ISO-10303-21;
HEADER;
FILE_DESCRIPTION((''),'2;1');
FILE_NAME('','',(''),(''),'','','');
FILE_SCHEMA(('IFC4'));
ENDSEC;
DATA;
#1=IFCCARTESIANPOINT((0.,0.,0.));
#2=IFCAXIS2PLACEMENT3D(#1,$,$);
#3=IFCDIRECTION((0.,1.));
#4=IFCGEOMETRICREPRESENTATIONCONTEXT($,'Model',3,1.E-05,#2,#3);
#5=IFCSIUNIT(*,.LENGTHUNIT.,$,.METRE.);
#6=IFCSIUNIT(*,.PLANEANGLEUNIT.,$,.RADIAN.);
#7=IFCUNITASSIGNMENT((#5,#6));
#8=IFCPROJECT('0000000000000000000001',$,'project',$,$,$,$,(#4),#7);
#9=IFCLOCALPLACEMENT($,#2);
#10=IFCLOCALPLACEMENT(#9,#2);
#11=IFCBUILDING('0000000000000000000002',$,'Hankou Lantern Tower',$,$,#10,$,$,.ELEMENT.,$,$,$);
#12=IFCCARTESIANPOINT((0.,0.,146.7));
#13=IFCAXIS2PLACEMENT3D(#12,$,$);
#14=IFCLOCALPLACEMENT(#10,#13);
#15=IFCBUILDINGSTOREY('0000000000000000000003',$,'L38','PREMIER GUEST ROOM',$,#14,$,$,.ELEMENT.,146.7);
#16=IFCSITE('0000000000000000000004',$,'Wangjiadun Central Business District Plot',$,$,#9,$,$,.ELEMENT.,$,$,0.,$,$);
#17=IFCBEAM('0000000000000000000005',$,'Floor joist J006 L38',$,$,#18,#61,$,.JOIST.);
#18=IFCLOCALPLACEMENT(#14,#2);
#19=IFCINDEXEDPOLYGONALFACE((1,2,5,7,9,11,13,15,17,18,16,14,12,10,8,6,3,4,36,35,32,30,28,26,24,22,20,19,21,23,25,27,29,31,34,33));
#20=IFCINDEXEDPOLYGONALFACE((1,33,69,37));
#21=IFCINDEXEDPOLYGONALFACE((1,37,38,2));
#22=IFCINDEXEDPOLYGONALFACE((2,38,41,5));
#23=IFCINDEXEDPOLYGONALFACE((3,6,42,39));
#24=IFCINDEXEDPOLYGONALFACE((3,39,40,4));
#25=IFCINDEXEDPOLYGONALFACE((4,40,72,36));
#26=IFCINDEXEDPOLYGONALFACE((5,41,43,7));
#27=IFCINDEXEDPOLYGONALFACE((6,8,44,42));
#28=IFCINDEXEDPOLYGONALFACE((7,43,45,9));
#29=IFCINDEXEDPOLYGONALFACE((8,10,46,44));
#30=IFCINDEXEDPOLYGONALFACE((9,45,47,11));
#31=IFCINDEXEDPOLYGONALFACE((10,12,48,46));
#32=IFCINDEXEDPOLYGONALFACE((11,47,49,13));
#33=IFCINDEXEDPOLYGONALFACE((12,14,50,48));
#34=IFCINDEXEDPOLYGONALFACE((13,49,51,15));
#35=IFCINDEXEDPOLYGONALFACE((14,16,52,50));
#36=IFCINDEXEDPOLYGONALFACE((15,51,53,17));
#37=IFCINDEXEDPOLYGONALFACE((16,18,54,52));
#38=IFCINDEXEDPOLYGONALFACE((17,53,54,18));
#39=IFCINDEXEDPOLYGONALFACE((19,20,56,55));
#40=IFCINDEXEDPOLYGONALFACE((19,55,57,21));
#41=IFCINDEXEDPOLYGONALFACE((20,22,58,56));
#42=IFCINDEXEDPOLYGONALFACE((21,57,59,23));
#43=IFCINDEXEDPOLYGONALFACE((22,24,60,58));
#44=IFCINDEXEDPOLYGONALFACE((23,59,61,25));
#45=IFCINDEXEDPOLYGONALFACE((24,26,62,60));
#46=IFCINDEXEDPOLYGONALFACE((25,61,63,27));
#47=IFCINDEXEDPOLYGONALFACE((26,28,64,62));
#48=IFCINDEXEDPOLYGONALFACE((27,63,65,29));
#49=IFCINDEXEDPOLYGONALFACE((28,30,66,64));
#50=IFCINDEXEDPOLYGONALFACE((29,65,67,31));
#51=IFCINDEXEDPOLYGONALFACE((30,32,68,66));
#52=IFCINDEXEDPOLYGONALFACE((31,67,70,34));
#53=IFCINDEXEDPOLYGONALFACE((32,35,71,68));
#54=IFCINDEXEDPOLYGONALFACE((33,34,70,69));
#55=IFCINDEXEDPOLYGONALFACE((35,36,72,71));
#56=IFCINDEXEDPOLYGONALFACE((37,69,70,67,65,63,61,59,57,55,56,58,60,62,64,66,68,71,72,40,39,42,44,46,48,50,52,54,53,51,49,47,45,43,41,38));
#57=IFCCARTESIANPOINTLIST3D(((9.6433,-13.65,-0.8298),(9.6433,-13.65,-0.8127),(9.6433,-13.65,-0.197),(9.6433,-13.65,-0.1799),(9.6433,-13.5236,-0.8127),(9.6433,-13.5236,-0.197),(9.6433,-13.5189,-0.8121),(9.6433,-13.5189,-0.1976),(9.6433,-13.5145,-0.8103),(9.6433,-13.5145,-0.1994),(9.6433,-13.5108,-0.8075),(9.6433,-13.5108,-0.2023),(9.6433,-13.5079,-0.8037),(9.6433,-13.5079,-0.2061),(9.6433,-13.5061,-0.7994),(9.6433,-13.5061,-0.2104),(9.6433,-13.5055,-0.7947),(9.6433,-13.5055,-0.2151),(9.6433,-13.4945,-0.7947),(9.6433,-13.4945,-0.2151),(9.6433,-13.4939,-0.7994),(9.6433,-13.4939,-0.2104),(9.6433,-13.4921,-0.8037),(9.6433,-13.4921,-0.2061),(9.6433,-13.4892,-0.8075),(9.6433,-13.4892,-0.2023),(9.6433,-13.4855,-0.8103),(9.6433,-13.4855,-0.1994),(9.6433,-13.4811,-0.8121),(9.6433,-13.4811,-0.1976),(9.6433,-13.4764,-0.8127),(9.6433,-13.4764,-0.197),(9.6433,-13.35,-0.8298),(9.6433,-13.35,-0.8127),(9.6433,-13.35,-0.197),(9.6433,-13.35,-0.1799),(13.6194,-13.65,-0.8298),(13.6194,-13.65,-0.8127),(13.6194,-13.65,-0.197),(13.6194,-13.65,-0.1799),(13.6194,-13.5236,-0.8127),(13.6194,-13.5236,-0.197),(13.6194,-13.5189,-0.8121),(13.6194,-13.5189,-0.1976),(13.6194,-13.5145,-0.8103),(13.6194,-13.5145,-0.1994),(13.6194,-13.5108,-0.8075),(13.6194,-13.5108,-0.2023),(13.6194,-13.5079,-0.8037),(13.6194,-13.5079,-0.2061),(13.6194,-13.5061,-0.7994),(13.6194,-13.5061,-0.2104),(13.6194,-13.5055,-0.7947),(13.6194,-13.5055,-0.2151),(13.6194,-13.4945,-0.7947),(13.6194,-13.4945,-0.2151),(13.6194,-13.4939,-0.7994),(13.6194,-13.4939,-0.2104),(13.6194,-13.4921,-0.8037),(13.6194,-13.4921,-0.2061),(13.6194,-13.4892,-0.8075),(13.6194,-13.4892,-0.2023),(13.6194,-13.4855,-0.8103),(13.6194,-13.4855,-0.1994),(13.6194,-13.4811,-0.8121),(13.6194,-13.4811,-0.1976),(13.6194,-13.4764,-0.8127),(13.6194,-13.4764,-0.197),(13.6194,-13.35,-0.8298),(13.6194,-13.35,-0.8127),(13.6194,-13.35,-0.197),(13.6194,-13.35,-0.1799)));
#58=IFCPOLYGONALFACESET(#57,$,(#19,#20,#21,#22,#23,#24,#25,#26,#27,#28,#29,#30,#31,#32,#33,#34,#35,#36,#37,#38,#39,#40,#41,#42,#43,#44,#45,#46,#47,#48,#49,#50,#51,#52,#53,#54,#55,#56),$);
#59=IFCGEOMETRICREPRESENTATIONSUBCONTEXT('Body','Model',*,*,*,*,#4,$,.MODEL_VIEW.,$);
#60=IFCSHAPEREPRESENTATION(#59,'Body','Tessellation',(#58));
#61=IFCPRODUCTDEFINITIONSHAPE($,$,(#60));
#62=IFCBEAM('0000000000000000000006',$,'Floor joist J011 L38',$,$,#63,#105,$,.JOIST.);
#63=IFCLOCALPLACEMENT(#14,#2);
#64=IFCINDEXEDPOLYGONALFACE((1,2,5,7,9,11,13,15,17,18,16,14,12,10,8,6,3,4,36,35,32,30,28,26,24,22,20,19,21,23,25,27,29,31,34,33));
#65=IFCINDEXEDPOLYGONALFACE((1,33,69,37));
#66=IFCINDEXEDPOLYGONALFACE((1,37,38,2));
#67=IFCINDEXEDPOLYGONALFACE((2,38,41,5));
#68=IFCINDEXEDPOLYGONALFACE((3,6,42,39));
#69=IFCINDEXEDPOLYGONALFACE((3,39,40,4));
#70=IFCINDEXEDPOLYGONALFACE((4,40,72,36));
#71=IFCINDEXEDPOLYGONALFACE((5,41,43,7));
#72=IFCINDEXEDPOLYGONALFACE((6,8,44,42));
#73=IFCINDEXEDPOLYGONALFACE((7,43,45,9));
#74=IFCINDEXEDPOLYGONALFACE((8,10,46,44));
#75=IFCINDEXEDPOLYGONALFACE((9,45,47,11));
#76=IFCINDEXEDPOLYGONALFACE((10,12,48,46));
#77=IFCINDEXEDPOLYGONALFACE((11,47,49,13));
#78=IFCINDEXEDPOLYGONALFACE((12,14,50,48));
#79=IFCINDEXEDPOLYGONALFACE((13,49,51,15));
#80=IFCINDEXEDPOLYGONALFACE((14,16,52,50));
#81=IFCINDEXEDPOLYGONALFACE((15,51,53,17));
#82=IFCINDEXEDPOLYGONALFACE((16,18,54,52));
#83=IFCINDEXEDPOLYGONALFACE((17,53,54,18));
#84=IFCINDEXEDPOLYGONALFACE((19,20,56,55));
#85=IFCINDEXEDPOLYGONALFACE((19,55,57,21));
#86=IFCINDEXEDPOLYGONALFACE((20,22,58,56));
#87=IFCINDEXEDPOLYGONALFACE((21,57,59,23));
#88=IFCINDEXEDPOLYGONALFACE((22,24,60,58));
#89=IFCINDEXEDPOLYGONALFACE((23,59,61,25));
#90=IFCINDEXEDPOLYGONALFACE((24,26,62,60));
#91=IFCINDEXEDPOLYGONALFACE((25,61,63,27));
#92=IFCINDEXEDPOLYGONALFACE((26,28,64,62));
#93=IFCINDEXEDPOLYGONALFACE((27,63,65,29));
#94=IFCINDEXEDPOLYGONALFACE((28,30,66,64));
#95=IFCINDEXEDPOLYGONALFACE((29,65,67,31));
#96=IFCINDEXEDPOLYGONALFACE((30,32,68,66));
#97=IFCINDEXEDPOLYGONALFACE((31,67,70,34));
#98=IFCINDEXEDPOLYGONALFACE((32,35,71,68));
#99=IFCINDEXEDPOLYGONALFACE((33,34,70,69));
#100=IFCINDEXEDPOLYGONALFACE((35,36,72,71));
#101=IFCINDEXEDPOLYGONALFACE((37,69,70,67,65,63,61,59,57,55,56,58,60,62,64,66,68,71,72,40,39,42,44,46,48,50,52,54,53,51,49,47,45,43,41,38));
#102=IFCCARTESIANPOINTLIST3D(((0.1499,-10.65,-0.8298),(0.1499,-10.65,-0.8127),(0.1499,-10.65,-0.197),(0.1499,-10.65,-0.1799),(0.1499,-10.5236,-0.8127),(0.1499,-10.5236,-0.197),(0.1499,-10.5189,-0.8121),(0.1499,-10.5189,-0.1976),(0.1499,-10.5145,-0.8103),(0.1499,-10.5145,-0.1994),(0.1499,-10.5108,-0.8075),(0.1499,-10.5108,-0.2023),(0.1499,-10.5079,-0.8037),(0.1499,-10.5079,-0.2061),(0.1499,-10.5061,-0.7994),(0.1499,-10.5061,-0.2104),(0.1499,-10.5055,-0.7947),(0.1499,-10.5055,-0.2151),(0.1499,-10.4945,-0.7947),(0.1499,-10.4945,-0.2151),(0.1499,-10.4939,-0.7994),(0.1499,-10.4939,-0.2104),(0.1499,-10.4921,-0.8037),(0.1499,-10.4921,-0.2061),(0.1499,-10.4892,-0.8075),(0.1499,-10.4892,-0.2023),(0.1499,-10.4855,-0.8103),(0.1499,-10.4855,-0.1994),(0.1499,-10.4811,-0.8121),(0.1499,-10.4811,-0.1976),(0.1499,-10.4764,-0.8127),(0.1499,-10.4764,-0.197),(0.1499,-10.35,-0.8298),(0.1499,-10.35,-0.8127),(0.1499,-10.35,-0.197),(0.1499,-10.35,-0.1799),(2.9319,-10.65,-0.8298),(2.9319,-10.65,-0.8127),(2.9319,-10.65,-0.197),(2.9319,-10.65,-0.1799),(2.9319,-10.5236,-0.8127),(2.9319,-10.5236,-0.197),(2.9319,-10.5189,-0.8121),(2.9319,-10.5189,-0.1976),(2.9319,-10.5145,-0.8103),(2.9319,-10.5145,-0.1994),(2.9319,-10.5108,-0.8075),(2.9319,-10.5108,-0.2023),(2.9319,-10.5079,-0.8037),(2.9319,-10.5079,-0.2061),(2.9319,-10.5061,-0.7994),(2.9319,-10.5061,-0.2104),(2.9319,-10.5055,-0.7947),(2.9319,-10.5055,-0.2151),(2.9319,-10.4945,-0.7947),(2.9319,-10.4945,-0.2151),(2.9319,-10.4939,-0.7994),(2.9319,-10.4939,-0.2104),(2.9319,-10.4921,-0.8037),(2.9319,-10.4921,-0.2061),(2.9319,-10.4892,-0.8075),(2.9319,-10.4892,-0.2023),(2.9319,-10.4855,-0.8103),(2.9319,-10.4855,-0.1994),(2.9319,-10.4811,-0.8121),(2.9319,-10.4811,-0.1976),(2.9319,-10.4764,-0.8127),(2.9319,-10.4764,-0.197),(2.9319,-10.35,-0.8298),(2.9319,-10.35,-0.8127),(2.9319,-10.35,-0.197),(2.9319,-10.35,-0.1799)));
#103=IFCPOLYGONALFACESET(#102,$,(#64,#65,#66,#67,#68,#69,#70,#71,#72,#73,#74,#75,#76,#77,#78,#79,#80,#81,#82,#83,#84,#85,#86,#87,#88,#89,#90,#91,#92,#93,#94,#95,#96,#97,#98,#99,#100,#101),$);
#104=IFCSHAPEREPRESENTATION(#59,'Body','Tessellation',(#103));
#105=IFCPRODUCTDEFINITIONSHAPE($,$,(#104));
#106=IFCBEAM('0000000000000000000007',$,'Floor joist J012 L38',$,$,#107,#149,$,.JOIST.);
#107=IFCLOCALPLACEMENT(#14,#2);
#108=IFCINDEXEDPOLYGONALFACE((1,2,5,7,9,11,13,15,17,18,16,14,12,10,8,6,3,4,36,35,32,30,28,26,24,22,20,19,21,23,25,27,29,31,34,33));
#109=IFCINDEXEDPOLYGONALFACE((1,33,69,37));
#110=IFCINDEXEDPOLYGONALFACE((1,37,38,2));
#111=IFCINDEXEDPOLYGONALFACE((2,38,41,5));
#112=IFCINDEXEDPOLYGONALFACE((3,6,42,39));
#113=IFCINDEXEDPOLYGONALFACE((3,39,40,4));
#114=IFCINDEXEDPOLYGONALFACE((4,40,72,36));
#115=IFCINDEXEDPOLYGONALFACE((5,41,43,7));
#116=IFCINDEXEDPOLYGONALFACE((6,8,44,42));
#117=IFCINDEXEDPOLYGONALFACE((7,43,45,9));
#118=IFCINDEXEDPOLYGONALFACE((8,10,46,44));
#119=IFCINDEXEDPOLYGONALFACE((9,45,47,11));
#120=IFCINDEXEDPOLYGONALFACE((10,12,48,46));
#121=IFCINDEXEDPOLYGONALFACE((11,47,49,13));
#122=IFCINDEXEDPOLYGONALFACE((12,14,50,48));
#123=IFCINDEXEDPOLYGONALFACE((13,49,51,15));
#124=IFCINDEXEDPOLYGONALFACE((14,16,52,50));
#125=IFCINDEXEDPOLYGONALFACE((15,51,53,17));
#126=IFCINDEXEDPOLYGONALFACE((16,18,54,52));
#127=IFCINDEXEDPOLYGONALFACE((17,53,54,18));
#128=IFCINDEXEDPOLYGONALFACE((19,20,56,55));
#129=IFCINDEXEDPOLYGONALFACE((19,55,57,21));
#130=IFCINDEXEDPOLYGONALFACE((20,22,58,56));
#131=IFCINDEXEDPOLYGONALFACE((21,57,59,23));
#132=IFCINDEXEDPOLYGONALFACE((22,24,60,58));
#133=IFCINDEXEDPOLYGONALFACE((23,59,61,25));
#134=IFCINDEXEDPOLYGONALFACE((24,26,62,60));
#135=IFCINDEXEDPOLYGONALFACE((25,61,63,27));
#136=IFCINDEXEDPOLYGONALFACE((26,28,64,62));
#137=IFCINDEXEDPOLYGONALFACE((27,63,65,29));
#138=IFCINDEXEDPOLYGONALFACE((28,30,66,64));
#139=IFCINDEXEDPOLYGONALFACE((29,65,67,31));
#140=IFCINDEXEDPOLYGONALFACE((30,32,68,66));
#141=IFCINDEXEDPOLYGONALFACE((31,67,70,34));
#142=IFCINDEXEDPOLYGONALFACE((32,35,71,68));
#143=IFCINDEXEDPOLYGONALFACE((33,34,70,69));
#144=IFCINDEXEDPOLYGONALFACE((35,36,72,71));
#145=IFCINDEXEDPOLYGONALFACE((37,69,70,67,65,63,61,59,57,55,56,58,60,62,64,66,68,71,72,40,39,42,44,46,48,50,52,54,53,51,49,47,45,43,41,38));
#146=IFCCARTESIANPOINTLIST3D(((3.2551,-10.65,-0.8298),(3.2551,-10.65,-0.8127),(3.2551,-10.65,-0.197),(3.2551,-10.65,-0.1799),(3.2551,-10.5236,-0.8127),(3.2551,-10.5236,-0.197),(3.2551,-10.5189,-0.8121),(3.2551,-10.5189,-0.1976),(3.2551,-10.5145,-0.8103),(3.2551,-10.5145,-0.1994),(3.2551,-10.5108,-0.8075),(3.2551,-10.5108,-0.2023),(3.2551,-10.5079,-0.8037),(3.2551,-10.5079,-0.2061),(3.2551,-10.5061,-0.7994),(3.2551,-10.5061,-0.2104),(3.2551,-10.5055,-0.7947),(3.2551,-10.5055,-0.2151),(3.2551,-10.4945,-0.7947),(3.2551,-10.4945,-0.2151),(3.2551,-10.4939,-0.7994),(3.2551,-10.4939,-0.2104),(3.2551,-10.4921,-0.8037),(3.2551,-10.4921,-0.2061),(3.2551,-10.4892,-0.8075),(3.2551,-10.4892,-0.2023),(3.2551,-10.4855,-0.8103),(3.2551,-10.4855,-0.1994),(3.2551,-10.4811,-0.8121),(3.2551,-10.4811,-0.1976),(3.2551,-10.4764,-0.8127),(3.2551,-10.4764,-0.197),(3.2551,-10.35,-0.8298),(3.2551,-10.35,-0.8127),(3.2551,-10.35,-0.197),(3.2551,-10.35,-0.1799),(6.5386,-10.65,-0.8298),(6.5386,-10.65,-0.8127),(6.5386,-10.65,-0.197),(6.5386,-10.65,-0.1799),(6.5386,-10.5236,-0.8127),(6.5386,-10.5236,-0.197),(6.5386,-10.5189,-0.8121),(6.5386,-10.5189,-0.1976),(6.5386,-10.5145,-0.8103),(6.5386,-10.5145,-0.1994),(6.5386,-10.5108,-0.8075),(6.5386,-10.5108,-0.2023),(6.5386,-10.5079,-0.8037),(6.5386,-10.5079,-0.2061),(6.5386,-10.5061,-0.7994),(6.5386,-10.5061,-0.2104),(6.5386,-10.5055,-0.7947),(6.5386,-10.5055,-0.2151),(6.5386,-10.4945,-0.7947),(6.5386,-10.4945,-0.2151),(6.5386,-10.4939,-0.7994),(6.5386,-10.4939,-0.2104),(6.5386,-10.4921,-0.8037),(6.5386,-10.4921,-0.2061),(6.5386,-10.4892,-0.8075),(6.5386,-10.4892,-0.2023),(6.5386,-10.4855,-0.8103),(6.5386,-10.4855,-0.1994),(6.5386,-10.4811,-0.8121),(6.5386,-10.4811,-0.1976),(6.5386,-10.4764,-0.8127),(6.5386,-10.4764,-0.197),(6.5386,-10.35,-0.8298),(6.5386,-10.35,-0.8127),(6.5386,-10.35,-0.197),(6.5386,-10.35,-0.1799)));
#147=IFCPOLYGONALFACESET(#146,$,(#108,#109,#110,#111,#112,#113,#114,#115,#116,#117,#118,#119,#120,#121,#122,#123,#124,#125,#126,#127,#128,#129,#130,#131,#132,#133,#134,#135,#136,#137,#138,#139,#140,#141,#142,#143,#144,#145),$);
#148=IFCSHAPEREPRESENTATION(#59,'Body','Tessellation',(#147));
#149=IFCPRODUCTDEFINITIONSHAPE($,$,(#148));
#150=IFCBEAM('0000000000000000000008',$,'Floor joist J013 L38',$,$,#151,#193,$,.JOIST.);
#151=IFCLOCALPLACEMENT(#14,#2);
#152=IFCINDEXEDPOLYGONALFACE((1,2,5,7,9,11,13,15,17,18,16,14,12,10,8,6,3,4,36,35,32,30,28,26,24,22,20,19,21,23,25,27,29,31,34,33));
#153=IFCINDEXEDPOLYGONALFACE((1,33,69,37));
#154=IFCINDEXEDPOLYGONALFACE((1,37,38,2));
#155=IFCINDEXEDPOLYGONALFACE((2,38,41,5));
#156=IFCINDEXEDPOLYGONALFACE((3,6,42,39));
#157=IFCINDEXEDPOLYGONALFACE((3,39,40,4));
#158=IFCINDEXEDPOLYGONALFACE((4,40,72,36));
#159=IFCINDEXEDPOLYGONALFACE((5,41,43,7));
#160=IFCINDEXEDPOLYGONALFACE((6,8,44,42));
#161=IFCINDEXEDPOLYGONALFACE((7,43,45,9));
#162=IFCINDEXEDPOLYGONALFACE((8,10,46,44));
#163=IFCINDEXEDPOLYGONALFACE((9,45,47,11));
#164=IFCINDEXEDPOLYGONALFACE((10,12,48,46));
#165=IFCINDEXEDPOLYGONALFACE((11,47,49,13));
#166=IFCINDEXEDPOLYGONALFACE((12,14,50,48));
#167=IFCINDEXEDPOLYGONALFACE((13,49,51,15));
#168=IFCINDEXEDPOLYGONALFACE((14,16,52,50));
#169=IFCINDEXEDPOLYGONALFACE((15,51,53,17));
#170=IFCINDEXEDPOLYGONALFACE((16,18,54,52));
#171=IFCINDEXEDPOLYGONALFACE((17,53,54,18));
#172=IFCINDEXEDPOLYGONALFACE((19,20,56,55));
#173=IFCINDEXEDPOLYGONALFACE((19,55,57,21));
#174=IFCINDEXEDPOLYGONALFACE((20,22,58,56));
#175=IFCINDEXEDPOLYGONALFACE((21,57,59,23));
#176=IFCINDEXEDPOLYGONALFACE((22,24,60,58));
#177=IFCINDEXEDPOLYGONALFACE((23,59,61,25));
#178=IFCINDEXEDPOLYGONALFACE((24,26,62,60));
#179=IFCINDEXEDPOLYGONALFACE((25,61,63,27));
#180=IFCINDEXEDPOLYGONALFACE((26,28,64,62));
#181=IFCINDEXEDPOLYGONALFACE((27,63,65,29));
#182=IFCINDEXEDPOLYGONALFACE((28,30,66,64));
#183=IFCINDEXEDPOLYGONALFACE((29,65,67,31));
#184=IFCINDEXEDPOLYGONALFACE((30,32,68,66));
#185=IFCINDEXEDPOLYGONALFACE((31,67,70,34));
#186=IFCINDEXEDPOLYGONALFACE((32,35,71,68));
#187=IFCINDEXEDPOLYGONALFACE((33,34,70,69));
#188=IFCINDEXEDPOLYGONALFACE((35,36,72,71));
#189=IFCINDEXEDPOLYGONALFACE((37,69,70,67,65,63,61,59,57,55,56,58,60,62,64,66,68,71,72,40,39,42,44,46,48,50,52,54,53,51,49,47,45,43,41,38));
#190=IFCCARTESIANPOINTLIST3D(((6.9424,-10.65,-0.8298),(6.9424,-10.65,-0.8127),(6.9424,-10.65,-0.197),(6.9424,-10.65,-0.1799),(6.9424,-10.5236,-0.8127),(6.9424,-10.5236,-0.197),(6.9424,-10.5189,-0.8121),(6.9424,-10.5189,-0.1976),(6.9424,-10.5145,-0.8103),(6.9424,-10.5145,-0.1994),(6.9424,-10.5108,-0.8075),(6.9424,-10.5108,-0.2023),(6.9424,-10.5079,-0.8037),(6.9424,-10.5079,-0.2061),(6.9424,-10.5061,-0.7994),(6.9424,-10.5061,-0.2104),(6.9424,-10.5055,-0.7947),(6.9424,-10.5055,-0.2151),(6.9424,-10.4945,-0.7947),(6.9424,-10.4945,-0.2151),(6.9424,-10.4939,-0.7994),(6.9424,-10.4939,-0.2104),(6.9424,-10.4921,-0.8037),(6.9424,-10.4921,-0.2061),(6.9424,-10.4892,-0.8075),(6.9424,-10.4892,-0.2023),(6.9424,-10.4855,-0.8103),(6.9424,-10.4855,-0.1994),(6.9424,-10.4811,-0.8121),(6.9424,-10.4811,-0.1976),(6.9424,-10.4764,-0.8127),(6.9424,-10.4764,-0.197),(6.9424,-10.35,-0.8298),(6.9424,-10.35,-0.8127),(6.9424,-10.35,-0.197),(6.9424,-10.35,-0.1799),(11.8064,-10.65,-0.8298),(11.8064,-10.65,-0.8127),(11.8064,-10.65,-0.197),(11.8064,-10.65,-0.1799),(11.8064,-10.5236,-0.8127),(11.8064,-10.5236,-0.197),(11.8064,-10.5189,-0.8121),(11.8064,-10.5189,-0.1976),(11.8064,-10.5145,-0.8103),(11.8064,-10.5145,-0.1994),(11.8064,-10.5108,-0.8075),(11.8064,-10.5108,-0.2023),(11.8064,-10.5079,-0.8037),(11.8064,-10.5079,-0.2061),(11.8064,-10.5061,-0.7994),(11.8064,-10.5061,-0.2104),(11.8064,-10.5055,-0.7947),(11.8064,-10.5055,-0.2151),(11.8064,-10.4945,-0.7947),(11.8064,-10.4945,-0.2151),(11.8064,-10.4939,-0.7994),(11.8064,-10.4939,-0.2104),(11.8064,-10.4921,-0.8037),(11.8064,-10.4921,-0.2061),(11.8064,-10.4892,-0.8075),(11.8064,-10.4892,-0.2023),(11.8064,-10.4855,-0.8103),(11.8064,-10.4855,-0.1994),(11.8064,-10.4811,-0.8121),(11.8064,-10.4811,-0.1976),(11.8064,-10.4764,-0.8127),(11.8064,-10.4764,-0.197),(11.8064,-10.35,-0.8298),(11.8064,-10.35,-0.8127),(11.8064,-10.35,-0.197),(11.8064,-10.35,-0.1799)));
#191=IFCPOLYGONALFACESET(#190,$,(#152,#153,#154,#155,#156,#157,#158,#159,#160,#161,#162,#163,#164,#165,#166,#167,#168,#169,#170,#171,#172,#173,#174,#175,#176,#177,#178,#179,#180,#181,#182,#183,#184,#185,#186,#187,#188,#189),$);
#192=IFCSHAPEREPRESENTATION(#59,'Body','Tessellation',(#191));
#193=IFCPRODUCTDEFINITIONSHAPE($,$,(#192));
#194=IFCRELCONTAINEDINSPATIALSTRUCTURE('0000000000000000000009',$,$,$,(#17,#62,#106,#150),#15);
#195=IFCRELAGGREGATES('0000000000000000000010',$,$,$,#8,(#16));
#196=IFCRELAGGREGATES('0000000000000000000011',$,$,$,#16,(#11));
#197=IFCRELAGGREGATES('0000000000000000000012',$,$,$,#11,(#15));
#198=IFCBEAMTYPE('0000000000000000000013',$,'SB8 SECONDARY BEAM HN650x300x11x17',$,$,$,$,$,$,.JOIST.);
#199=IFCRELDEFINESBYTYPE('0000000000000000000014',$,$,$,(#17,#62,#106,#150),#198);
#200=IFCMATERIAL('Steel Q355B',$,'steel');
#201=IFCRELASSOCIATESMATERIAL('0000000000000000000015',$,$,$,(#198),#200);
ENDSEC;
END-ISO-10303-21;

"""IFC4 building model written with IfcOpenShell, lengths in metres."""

from ifc_helpers import new_model, si_unit, direction, frame, origin, origin_2d, place, context, subcontext, project, spatial, i_section, extrude, material, material_profile, profile_set, type_object, element, save


model = new_model("IFC4")

# Units and contexts
model_context = context("Model", 3, precision=1e-05, world=origin(), true_north=direction((0.0, 1.0)))
body_context = subcontext(model_context, "Body", "Model", "MODEL_VIEW")
ifc_project = project(units=[si_unit("LENGTHUNIT", "METRE"), si_unit("PLANEANGLEUNIT", "RADIAN")], contexts=[model_context])

# Site, building, storey
site_placement = place(None, origin())
site = spatial("IfcSite", under=ifc_project, at=site_placement, Name="Wangjiadun Central Business District Plot", CompositionType="ELEMENT", RefElevation=0.0)
building_placement = place(site_placement, origin())
building = spatial("IfcBuilding", under=site, at=building_placement, Name="Hankou Lantern Tower", CompositionType="ELEMENT")
storey_placement = place(building_placement, frame((0.0, 0.0, 146.7)))
storey = spatial("IfcBuildingStorey", under=building, at=storey_placement, Name="L38", Description="PREMIER GUEST ROOM", CompositionType="ELEMENT", Elevation=146.7)

# Beams
ifc_material_1 = material(Name="Steel Q355B", Category="steel")
ifc_material_profile_1 = material_profile(ifc_material_1, i_section(OverallWidth=0.3, OverallDepth=0.6499, WebThickness=0.011, FlangeThickness=0.0171, FilletRadius=0.0181, at=origin_2d()), Name="HN650x300x11x17")
ifc_profile_set_1 = profile_set([ifc_material_profile_1], Name="Steel Q355B")
beam_type_1 = type_object("IfcBeamType", Name="SB8 SECONDARY BEAM HN650x300x11x17", PredefinedType="JOIST", material=ifc_profile_set_1)
beam_1_placement = place(storey_placement, frame((9.6433, -13.5, -0.5049), z_axis=(1.0, 0.0, 0.0), x_axis=(0.0, 1.0, 0.0)))
element("IfcBeam", 1, at=beam_1_placement, inside=storey, type_object=beam_type_1, Name="Floor joist J006 L38", PredefinedType="JOIST", context=body_context, shape_type="SweptSolid", body=[
    extrude(i_section(OverallWidth=0.3, OverallDepth=0.6499, WebThickness=0.011, FlangeThickness=0.0171, FilletRadius=0.0181, at=origin_2d()), origin(), (0.0, 0.0, 1.0), 3.9761),
])
beam_2_placement = place(storey_placement, frame((0.1499, -10.5, -0.5049), z_axis=(1.0, 0.0, 0.0), x_axis=(0.0, 1.0, 0.0)))
element("IfcBeam", 2, at=beam_2_placement, inside=storey, type_object=beam_type_1, Name="Floor joist J011 L38", PredefinedType="JOIST", context=body_context, shape_type="SweptSolid", body=[
    extrude(i_section(OverallWidth=0.3, OverallDepth=0.6499, WebThickness=0.011, FlangeThickness=0.0171, FilletRadius=0.0181, at=origin_2d()), origin(), (0.0, 0.0, 1.0), 2.782),
])
beam_3_placement = place(storey_placement, frame((3.2551, -10.5, -0.5049), z_axis=(1.0, 0.0, 0.0), x_axis=(0.0, 1.0, 0.0)))
element("IfcBeam", 3, at=beam_3_placement, inside=storey, type_object=beam_type_1, Name="Floor joist J012 L38", PredefinedType="JOIST", context=body_context, shape_type="SweptSolid", body=[
    extrude(i_section(OverallWidth=0.3, OverallDepth=0.6499, WebThickness=0.011, FlangeThickness=0.0171, FilletRadius=0.0181, at=origin_2d()), origin(), (0.0, 0.0, 1.0), 3.2834),
])
beam_4_placement = place(storey_placement, frame((6.9424, -10.5, -0.5049), z_axis=(1.0, 0.0, 0.0), x_axis=(0.0, 1.0, 0.0)))
element("IfcBeam", 4, at=beam_4_placement, inside=storey, type_object=beam_type_1, Name="Floor joist J013 L38", PredefinedType="JOIST", context=body_context, shape_type="SweptSolid", body=[
    extrude(i_section(OverallWidth=0.3, OverallDepth=0.6499, WebThickness=0.011, FlangeThickness=0.0171, FilletRadius=0.0181, at=origin_2d()), origin(), (0.0, 0.0, 1.0), 4.864),
])

save(model, "model.ifc")
